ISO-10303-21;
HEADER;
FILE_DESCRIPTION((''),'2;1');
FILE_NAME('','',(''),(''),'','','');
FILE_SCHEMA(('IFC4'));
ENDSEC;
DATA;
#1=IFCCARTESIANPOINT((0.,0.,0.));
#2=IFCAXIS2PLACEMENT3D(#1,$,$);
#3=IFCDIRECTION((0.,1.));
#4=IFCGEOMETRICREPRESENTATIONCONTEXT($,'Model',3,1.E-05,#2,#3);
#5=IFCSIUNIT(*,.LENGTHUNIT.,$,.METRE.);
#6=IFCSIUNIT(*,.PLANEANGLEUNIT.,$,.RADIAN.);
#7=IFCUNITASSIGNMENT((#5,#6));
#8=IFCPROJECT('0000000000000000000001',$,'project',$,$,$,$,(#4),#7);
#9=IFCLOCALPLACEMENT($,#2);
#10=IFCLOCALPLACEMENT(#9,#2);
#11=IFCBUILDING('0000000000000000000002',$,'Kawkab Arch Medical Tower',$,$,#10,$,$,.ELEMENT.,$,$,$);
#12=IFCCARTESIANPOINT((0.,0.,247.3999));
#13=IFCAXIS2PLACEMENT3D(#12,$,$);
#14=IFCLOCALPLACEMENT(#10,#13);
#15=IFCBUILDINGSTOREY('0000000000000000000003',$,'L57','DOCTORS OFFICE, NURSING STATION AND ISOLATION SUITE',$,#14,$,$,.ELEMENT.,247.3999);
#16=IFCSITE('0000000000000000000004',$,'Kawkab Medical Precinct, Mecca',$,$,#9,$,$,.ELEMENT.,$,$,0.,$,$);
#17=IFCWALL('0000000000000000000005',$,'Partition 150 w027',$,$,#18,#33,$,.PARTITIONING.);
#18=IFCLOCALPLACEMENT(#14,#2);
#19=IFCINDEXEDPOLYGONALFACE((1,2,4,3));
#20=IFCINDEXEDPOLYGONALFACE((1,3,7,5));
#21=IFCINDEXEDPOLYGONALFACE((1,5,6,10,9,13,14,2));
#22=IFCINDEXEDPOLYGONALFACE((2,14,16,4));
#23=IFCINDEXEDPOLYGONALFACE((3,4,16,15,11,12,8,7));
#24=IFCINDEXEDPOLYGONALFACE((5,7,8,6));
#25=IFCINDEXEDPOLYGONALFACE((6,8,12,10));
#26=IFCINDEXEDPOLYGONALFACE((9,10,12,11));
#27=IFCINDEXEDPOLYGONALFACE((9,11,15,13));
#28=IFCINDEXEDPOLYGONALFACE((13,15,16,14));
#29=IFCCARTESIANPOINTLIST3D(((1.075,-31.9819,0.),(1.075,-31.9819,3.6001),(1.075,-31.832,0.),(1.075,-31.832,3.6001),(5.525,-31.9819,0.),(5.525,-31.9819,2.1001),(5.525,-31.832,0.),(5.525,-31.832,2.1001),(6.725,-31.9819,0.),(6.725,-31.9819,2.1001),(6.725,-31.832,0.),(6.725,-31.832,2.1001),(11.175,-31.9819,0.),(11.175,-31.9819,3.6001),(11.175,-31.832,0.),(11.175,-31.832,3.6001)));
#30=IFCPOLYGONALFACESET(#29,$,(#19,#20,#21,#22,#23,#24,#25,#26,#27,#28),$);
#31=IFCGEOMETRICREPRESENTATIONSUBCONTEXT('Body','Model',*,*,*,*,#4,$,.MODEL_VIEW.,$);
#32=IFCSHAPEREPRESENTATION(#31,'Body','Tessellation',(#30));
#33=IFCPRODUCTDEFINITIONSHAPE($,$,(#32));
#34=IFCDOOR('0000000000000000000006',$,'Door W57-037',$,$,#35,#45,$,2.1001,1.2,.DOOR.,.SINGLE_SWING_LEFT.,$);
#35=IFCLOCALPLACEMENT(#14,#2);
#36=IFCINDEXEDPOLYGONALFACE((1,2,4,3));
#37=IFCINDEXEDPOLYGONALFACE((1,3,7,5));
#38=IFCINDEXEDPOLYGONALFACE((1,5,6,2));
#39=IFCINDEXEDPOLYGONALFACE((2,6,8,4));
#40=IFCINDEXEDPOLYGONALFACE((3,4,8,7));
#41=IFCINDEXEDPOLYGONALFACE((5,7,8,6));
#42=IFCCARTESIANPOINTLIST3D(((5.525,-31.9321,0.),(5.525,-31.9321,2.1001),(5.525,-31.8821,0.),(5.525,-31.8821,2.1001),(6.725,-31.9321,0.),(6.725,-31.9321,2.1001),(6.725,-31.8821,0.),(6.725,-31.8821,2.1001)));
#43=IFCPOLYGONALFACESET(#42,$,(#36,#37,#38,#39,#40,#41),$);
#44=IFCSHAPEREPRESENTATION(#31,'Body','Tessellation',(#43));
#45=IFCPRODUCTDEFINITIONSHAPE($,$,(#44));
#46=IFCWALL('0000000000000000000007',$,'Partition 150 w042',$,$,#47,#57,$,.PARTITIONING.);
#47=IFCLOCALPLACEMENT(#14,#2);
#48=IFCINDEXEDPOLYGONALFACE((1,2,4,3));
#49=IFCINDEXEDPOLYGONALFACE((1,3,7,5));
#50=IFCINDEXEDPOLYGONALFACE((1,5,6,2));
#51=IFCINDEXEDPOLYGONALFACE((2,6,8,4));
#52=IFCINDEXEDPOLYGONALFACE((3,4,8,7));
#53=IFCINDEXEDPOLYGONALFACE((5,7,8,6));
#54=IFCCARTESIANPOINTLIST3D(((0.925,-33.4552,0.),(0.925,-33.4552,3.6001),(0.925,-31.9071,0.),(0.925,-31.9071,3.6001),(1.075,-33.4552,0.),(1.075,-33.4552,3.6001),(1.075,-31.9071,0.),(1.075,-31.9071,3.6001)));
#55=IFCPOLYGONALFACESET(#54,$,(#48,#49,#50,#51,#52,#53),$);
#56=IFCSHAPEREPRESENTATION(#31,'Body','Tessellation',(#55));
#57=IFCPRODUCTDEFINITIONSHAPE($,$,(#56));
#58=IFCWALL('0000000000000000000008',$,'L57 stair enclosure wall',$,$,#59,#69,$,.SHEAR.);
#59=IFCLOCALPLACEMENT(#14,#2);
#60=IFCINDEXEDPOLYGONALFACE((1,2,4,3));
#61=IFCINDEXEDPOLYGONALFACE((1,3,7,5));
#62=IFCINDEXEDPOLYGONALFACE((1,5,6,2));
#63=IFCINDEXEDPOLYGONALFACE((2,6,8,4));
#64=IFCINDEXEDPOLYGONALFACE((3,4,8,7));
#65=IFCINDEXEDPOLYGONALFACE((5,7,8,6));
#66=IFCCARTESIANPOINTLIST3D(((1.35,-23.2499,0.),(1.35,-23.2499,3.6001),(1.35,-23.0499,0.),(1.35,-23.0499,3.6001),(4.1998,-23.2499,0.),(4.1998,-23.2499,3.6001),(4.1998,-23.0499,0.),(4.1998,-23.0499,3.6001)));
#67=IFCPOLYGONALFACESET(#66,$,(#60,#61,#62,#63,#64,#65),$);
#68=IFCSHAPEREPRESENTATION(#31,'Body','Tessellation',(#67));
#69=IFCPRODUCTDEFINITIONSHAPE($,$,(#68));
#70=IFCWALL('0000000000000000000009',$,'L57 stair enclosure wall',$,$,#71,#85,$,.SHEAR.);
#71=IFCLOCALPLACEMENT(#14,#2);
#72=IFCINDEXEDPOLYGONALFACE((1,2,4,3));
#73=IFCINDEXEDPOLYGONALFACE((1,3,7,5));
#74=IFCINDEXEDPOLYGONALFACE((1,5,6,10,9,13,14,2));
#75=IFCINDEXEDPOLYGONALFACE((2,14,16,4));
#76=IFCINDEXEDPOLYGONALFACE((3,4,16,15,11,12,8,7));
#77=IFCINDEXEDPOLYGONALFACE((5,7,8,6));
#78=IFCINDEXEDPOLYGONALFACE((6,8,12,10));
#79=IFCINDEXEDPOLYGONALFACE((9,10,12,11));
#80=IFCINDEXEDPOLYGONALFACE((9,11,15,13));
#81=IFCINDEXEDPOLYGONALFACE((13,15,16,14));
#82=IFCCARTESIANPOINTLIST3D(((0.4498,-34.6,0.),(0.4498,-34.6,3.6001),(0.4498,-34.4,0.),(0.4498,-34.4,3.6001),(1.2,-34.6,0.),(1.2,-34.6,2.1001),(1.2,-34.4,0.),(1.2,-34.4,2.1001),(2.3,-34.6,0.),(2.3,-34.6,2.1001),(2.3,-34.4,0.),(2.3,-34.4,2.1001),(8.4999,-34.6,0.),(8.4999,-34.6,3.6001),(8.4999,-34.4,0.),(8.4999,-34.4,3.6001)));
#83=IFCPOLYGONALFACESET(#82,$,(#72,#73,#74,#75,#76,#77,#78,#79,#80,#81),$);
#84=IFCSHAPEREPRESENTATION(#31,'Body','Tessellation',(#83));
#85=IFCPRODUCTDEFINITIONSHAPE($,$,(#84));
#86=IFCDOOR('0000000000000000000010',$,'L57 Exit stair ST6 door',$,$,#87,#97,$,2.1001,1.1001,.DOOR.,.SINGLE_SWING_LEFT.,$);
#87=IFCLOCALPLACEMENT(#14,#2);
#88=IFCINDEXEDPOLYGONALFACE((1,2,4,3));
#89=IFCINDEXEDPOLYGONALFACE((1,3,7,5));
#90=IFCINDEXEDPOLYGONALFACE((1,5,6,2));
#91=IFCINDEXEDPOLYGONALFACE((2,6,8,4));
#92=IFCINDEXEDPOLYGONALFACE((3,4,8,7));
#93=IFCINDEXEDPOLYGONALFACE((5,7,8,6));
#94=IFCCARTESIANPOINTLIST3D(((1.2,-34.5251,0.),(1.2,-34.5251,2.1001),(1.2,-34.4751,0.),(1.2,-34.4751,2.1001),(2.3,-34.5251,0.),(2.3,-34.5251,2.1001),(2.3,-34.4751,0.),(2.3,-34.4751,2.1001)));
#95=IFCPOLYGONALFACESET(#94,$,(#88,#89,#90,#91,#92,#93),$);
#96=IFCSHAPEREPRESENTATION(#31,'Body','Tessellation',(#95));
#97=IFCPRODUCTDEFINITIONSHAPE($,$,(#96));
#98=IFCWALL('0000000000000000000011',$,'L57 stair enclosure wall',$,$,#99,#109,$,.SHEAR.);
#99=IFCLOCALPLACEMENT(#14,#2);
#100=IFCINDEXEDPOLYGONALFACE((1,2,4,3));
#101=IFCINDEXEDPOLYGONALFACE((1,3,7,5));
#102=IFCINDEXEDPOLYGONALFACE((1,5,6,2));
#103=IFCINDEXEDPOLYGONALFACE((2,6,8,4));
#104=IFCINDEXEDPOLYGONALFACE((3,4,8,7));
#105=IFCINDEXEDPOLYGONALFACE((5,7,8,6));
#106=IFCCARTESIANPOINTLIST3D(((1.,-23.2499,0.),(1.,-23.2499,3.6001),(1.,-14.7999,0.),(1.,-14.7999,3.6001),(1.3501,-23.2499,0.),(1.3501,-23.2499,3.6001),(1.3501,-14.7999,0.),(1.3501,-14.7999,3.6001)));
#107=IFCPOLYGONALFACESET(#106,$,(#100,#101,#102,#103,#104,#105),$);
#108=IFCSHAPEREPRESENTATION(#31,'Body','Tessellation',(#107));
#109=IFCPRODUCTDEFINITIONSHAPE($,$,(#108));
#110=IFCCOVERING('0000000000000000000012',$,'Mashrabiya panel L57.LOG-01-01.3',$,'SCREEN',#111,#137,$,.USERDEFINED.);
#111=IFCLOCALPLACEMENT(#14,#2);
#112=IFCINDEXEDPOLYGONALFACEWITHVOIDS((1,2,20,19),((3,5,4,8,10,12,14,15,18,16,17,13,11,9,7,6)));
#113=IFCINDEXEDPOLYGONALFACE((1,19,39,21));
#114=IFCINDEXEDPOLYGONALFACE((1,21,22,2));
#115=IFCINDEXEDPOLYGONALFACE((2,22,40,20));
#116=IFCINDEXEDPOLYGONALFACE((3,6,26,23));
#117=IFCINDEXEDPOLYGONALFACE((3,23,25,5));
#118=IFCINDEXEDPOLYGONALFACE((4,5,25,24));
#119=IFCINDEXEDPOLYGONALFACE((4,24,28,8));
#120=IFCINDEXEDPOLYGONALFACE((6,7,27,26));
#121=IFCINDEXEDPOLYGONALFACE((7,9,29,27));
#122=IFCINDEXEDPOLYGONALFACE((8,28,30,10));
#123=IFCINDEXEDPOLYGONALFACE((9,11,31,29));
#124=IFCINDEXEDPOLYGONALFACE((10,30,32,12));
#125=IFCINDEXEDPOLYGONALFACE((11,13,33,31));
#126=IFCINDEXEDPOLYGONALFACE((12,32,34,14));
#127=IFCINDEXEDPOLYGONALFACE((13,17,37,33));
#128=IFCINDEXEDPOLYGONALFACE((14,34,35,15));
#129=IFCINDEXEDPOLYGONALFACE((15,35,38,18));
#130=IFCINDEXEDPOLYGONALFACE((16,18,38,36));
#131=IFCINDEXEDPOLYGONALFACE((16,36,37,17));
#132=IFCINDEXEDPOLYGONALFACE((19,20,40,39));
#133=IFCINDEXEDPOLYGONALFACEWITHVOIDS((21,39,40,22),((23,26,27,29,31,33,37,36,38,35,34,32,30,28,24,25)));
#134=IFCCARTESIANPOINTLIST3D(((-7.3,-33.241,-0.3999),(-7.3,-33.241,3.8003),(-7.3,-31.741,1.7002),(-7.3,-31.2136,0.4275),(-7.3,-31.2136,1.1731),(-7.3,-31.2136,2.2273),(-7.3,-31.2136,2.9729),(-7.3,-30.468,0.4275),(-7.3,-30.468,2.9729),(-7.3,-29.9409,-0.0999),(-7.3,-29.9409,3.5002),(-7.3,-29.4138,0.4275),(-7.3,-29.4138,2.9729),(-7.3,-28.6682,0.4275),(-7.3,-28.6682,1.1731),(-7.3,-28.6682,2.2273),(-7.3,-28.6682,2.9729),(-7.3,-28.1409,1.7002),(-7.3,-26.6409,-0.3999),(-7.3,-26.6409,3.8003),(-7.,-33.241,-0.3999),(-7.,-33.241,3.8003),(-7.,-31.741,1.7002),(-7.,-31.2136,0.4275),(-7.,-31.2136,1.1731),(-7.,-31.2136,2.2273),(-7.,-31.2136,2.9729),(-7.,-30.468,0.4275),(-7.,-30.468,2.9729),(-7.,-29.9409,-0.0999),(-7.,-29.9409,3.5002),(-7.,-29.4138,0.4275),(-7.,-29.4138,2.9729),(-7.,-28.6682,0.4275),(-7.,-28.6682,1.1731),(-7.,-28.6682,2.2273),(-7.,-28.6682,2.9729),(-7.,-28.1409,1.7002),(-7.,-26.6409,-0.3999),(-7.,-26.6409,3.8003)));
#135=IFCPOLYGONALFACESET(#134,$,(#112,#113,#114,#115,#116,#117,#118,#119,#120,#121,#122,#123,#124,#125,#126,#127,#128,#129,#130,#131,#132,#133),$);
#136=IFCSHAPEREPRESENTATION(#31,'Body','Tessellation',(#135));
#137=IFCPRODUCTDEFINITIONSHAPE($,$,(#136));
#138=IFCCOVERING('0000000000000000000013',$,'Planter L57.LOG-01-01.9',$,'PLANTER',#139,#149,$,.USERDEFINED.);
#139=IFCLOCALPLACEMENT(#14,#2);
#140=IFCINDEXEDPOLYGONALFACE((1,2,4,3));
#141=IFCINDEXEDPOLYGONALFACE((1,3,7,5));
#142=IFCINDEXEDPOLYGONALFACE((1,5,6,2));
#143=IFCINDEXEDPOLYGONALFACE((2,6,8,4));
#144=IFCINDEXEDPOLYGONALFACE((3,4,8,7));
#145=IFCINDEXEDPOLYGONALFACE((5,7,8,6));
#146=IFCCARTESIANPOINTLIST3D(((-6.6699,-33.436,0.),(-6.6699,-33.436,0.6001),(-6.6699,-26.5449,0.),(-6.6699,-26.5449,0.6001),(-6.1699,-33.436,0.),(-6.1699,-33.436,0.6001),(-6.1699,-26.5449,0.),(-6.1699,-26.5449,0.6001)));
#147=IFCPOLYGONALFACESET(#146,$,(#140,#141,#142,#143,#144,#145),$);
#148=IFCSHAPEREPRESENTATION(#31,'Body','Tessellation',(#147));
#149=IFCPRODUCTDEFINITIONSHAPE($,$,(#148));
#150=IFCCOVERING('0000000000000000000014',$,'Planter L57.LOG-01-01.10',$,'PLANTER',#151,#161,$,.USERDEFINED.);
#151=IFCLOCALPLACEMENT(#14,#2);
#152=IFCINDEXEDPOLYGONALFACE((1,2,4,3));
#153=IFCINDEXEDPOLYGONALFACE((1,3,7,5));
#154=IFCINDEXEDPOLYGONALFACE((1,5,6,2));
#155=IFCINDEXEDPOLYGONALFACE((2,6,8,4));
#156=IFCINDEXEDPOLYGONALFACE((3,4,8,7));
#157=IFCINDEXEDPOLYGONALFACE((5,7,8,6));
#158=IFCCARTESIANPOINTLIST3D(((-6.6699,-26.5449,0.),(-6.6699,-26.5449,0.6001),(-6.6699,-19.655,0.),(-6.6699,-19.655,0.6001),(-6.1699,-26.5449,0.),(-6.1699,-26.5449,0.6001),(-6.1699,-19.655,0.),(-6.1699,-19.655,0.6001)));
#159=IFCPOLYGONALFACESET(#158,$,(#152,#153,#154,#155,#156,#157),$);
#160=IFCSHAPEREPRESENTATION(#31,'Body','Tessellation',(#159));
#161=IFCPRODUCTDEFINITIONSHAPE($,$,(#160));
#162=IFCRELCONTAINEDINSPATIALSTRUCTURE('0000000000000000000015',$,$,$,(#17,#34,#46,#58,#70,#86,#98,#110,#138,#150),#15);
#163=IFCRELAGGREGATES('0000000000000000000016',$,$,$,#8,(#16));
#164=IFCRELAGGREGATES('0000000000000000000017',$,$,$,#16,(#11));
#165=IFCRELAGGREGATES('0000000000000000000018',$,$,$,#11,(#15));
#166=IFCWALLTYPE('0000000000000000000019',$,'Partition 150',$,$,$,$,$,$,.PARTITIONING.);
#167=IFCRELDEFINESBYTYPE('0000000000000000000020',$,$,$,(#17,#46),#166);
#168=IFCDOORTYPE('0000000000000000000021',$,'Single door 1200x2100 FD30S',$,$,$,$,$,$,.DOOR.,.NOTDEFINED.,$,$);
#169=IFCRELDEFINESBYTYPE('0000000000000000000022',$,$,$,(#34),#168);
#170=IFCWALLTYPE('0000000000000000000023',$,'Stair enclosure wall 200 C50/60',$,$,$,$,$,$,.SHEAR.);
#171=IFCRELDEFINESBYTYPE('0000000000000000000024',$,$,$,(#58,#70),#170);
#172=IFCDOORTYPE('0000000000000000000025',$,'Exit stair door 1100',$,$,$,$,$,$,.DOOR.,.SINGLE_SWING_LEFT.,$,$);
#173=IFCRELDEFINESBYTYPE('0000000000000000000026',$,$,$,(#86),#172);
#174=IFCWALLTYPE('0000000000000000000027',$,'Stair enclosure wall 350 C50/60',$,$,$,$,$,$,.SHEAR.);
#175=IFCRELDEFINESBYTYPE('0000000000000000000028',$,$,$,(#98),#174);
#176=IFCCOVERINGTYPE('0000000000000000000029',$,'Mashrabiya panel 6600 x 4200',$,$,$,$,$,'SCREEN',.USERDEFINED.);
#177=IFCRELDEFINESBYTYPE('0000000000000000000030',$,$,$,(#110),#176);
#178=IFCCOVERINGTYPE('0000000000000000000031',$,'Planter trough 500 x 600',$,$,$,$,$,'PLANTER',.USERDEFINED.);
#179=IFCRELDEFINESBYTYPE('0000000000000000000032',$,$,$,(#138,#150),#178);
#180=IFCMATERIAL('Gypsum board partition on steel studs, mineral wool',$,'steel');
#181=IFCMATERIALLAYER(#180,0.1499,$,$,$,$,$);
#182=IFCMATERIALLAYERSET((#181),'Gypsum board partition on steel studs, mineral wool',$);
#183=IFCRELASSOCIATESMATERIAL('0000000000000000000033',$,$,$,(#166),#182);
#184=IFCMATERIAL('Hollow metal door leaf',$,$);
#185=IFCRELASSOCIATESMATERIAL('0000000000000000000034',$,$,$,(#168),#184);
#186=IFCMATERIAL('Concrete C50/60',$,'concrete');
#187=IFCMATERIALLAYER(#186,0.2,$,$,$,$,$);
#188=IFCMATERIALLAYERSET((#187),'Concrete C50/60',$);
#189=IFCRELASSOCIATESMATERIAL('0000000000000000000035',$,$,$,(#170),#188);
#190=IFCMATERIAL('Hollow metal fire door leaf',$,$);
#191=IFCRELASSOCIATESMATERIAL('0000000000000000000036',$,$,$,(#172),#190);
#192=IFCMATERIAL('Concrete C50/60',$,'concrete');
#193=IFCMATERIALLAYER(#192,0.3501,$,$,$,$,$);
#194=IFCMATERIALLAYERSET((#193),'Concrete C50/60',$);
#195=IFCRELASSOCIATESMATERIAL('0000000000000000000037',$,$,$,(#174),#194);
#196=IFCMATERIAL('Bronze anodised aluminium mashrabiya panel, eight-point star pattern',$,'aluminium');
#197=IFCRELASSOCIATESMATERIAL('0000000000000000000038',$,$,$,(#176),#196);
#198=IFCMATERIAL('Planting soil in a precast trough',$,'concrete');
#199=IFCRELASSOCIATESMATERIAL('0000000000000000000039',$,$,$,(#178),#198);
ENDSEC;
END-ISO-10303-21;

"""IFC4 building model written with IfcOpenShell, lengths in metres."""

from ifc_helpers import new_model, si_unit, direction, frame, frame_2d, origin, origin_2d, place, context, subcontext, project, spatial, polyline, rectangle, outline, extrude, material, layer, layer_set, material_profile, profile_set, type_object, element, fill, save


model = new_model("IFC4")

# Units and contexts
model_context = context("Model", 3, precision=1e-05, world=origin(), true_north=direction((0.0, 1.0)))
body_context = subcontext(model_context, "Body", "Model", "MODEL_VIEW")
ifc_project = project(units=[si_unit("LENGTHUNIT", "METRE"), si_unit("PLANEANGLEUNIT", "RADIAN")], contexts=[model_context])

# Site, building, storey
site_placement = place(None, origin())
site = spatial("IfcSite", under=ifc_project, at=site_placement, Name="Kawkab Medical Precinct, Mecca", CompositionType="ELEMENT", RefElevation=0.0)
building_placement = place(site_placement, origin())
building = spatial("IfcBuilding", under=site, at=building_placement, Name="Kawkab Arch Medical Tower", CompositionType="ELEMENT")
storey_placement = place(building_placement, frame((0.0, 0.0, 247.3999)))
storey = spatial("IfcBuildingStorey", under=building, at=storey_placement, Name="L57", Description="DOCTORS OFFICE, NURSING STATION AND ISOLATION SUITE", CompositionType="ELEMENT", Elevation=247.3999)

# Shared definitions
ifc_material_1 = material(Name="Gypsum board partition on steel studs, mineral wool", Category="steel")
ifc_layer_1 = layer(ifc_material_1, 0.1499)
ifc_layer_set_1 = layer_set([ifc_layer_1], Name="Gypsum board partition on steel studs, mineral wool")
wall_type_1 = type_object("IfcWallType", Name="Partition 150", PredefinedType="PARTITIONING", material=ifc_layer_set_1)

# Wall, opening, door
wall_1_placement = place(storey_placement, frame((1.075, -31.907, 0.0), z_axis=(0.0, 0.0, 1.0), x_axis=(1.0, 0.0, 0.0)))
wall_1 = element("IfcWall", 1, at=wall_1_placement, inside=storey, type_object=wall_type_1, Name="Partition 150 w027", PredefinedType="PARTITIONING", context=body_context, shape_type="SweptSolid", body=[
    extrude(rectangle(XDim=10.1001, YDim=0.1499, at=frame_2d((5.05, 0.0))), origin(), (0.0, 0.0, 1.0), 3.6001),
])
opening_1_placement = place(wall_1_placement, frame((4.45, 0.0, 0.0)))
opening_1 = element("IfcOpeningElement", 2, at=opening_1_placement, cuts=wall_1, PredefinedType="OPENING", context=body_context, shape_type="SweptSolid", body=[
    extrude(rectangle(XDim=1.2, YDim=2.1001, at=frame_2d((0.6001, 1.05))), frame((0.0, 0.085, 0.0), z_axis=(0.0, -1.0, 0.0), x_axis=(1.0, 0.0, 0.0)), (0.0, 0.0, 1.0), 0.1699),
])
ifc_material_2 = material(Name="Hollow metal door leaf")
door_type_1 = type_object("IfcDoorType", Name="Single door 1200x2100 FD30S", OperationType="NOTDEFINED", PredefinedType="DOOR", material=ifc_material_2)
door_1_placement = place(opening_1_placement, origin())
door_1 = element("IfcDoor", 3, at=door_1_placement, inside=storey, type_object=door_type_1, Name="Door W57-037", OperationType="SINGLE_SWING_LEFT", OverallHeight=2.1001, OverallWidth=1.2, PredefinedType="DOOR", context=body_context, shape_type="SweptSolid", body=[
    extrude(rectangle(XDim=1.2, YDim=2.1001, at=frame_2d((0.6001, 1.05))), frame((0.0, 0.0249, 0.0), z_axis=(0.0, -1.0, 0.0), x_axis=(1.0, 0.0, 0.0)), (0.0, 0.0, 1.0), 0.05),
])
fill(opening_1, door_1)

# Walls
wall_2_placement = place(storey_placement, frame((1.0, -33.4551, 0.0), z_axis=(0.0, 0.0, 1.0), x_axis=(0.0, 1.0, 0.0)))
element("IfcWall", 4, at=wall_2_placement, inside=storey, type_object=wall_type_1, Name="Partition 150 w042", PredefinedType="PARTITIONING", context=body_context, shape_type="SweptSolid", body=[
    extrude(rectangle(XDim=1.5481, YDim=0.1499, at=frame_2d((0.7739, 0.0))), origin(), (0.0, 0.0, 1.0), 3.6001),
])
ifc_material_3 = material(Name="Concrete C50/60", Category="concrete")
ifc_layer_2 = layer(ifc_material_3, 0.2)
ifc_layer_set_2 = layer_set([ifc_layer_2], Name="Concrete C50/60")
wall_type_2 = type_object("IfcWallType", Name="Stair enclosure wall 200 C50/60", PredefinedType="SHEAR", material=ifc_layer_set_2)
wall_3_placement = place(storey_placement, frame((1.3501, -23.1499, 0.0), z_axis=(0.0, 0.0, 1.0), x_axis=(1.0, 0.0, 0.0)))
element("IfcWall", 5, at=wall_3_placement, inside=storey, type_object=wall_type_2, Name="L57 stair enclosure wall", PredefinedType="SHEAR", context=body_context, shape_type="SweptSolid", body=[
    extrude(rectangle(XDim=2.8499, YDim=0.2, at=frame_2d((1.4248, 0.0))), origin(), (0.0, 0.0, 1.0), 3.6001),
])

# Wall, opening, door
wall_4_placement = place(storey_placement, frame((0.45, -34.5, 0.0), z_axis=(0.0, 0.0, 1.0), x_axis=(1.0, 0.0, 0.0)))
wall_4 = element("IfcWall", 6, at=wall_4_placement, inside=storey, type_object=wall_type_2, Name="L57 stair enclosure wall", PredefinedType="SHEAR", context=body_context, shape_type="SweptSolid", body=[
    extrude(rectangle(XDim=8.05, YDim=0.2, at=frame_2d((4.0249, 0.0))), origin(), (0.0, 0.0, 1.0), 3.6001),
])
opening_2_placement = place(wall_4_placement, frame((0.75, 0.0, 0.0)))
opening_2 = element("IfcOpeningElement", 7, at=opening_2_placement, cuts=wall_4, PredefinedType="OPENING", context=body_context, shape_type="SweptSolid", body=[
    extrude(rectangle(XDim=1.1001, YDim=2.1001, at=frame_2d((0.55, 1.05))), frame((0.0, 0.1099, 0.0), z_axis=(0.0, -1.0, 0.0), x_axis=(1.0, 0.0, 0.0)), (0.0, 0.0, 1.0), 0.22),
])
ifc_material_4 = material(Name="Hollow metal fire door leaf")
door_type_2 = type_object("IfcDoorType", Name="Exit stair door 1100", OperationType="SINGLE_SWING_LEFT", PredefinedType="DOOR", material=ifc_material_4)
door_2_placement = place(opening_2_placement, origin())
door_2 = element("IfcDoor", 8, at=door_2_placement, inside=storey, type_object=door_type_2, Name="L57 Exit stair ST6 door", OperationType="SINGLE_SWING_LEFT", OverallHeight=2.1001, OverallWidth=1.1001, PredefinedType="DOOR", context=body_context, shape_type="SweptSolid", body=[
    extrude(rectangle(XDim=1.1001, YDim=2.1001, at=frame_2d((0.55, 1.05))), frame((0.0, 0.0249, 0.0), z_axis=(0.0, -1.0, 0.0), x_axis=(1.0, 0.0, 0.0)), (0.0, 0.0, 1.0), 0.05),
])
fill(opening_2, door_2)

# Wall
ifc_material_5 = material(Name="Concrete C50/60", Category="concrete")
ifc_layer_3 = layer(ifc_material_5, 0.3501)
ifc_layer_set_3 = layer_set([ifc_layer_3], Name="Concrete C50/60")
wall_type_3 = type_object("IfcWallType", Name="Stair enclosure wall 350 C50/60", PredefinedType="SHEAR", material=ifc_layer_set_3)
wall_5_placement = place(storey_placement, frame((1.175, -23.25, 0.0), z_axis=(0.0, 0.0, 1.0), x_axis=(0.0, 1.0, 0.0)))
element("IfcWall", 9, at=wall_5_placement, inside=storey, type_object=wall_type_3, Name="L57 stair enclosure wall", PredefinedType="SHEAR", context=body_context, shape_type="SweptSolid", body=[
    extrude(rectangle(XDim=8.45, YDim=0.3501, at=frame_2d((4.2251, 0.0))), origin(), (0.0, 0.0, 1.0), 3.6001),
])

# Coverings
ifc_material_6 = material(Name="Bronze anodised aluminium mashrabiya panel, eight-point star pattern", Category="aluminium")
ifc_material_profile_1 = material_profile(ifc_material_6, outline(polyline([(-3.3, -2.1001), (3.3, -2.1001), (3.3, 2.1001), (-3.3, 2.1001), (-3.3, -2.1001)]), holes=[polyline([(1.8, 0.0), (1.2727, 0.5271), (1.2727, 1.2727), (0.5271, 1.2727), (0.0, 1.8), (-0.5271, 1.2727), (-1.2727, 1.2727), (-1.2727, 0.5271), (-1.8, 0.0), (-1.2727, -0.5271), (-1.2727, -1.2727), (-0.5271, -1.2727), (0.0, -1.8), (0.5271, -1.2727), (1.2727, -1.2727), (1.2727, -0.5271), (1.8, 0.0)])]), Name="Mashrabiya panel 6600x4200")
ifc_profile_set_1 = profile_set([ifc_material_profile_1], Name="Bronze anodised aluminium mashrabiya panel, eight-point star pattern")
covering_type_1 = type_object("IfcCoveringType", Name="Mashrabiya panel 6600 x 4200", ElementType="SCREEN", PredefinedType="USERDEFINED", material=ifc_profile_set_1)
covering_1_placement = place(storey_placement, frame((-7.0, -29.9409, 1.7002), z_axis=(-1.0, 0.0, 0.0), x_axis=(0.0, -1.0, 0.0)))
element("IfcCovering", 10, at=covering_1_placement, inside=storey, type_object=covering_type_1, Name="Mashrabiya panel L57.LOG-01-01.3", ObjectType="SCREEN", PredefinedType="USERDEFINED", context=body_context, shape_type="SweptSolid", body=[
    extrude(outline(polyline([(-3.3, -2.1001), (3.3, -2.1001), (3.3, 2.1001), (-3.3, 2.1001), (-3.3, -2.1001)]), holes=[polyline([(1.8, 0.0), (1.2727, 0.5271), (1.2727, 1.2727), (0.5271, 1.2727), (0.0, 1.8), (-0.5271, 1.2727), (-1.2727, 1.2727), (-1.2727, 0.5271), (-1.8, 0.0), (-1.2727, -0.5271), (-1.2727, -1.2727), (-0.5271, -1.2727), (0.0, -1.8), (0.5271, -1.2727), (1.2727, -1.2727), (1.2727, -0.5271), (1.8, 0.0)])]), origin(), (0.0, 0.0, 1.0), 0.3),
])
ifc_material_7 = material(Name="Planting soil in a precast trough", Category="concrete")
ifc_material_profile_2 = material_profile(ifc_material_7, rectangle(XDim=0.5, YDim=0.6001, at=origin_2d()), Name="Trough 500x600")
ifc_profile_set_2 = profile_set([ifc_material_profile_2], Name="Planting soil in a precast trough")
covering_type_2 = type_object("IfcCoveringType", Name="Planter trough 500 x 600", ElementType="PLANTER", PredefinedType="USERDEFINED", material=ifc_profile_set_2)
covering_2_placement = place(storey_placement, frame((-6.4199, -33.436, 0.3), z_axis=(0.0, 1.0, 0.0), x_axis=(-1.0, 0.0, 0.0)))
element("IfcCovering", 11, at=covering_2_placement, inside=storey, type_object=covering_type_2, Name="Planter L57.LOG-01-01.9", ObjectType="PLANTER", PredefinedType="USERDEFINED", context=body_context, shape_type="SweptSolid", body=[
    extrude(rectangle(XDim=0.5, YDim=0.6001, at=origin_2d()), origin(), (0.0, 0.0, 1.0), 6.8911),
])
covering_3_placement = place(storey_placement, frame((-6.4199, -26.5449, 0.3), z_axis=(0.0, 1.0, 0.0), x_axis=(-1.0, 0.0, 0.0)))
element("IfcCovering", 12, at=covering_3_placement, inside=storey, type_object=covering_type_2, Name="Planter L57.LOG-01-01.10", ObjectType="PLANTER", PredefinedType="USERDEFINED", context=body_context, shape_type="SweptSolid", body=[
    extrude(rectangle(XDim=0.5, YDim=0.6001, at=origin_2d()), origin(), (0.0, 0.0, 1.0), 6.8899),
])

save(model, "model.ifc")
